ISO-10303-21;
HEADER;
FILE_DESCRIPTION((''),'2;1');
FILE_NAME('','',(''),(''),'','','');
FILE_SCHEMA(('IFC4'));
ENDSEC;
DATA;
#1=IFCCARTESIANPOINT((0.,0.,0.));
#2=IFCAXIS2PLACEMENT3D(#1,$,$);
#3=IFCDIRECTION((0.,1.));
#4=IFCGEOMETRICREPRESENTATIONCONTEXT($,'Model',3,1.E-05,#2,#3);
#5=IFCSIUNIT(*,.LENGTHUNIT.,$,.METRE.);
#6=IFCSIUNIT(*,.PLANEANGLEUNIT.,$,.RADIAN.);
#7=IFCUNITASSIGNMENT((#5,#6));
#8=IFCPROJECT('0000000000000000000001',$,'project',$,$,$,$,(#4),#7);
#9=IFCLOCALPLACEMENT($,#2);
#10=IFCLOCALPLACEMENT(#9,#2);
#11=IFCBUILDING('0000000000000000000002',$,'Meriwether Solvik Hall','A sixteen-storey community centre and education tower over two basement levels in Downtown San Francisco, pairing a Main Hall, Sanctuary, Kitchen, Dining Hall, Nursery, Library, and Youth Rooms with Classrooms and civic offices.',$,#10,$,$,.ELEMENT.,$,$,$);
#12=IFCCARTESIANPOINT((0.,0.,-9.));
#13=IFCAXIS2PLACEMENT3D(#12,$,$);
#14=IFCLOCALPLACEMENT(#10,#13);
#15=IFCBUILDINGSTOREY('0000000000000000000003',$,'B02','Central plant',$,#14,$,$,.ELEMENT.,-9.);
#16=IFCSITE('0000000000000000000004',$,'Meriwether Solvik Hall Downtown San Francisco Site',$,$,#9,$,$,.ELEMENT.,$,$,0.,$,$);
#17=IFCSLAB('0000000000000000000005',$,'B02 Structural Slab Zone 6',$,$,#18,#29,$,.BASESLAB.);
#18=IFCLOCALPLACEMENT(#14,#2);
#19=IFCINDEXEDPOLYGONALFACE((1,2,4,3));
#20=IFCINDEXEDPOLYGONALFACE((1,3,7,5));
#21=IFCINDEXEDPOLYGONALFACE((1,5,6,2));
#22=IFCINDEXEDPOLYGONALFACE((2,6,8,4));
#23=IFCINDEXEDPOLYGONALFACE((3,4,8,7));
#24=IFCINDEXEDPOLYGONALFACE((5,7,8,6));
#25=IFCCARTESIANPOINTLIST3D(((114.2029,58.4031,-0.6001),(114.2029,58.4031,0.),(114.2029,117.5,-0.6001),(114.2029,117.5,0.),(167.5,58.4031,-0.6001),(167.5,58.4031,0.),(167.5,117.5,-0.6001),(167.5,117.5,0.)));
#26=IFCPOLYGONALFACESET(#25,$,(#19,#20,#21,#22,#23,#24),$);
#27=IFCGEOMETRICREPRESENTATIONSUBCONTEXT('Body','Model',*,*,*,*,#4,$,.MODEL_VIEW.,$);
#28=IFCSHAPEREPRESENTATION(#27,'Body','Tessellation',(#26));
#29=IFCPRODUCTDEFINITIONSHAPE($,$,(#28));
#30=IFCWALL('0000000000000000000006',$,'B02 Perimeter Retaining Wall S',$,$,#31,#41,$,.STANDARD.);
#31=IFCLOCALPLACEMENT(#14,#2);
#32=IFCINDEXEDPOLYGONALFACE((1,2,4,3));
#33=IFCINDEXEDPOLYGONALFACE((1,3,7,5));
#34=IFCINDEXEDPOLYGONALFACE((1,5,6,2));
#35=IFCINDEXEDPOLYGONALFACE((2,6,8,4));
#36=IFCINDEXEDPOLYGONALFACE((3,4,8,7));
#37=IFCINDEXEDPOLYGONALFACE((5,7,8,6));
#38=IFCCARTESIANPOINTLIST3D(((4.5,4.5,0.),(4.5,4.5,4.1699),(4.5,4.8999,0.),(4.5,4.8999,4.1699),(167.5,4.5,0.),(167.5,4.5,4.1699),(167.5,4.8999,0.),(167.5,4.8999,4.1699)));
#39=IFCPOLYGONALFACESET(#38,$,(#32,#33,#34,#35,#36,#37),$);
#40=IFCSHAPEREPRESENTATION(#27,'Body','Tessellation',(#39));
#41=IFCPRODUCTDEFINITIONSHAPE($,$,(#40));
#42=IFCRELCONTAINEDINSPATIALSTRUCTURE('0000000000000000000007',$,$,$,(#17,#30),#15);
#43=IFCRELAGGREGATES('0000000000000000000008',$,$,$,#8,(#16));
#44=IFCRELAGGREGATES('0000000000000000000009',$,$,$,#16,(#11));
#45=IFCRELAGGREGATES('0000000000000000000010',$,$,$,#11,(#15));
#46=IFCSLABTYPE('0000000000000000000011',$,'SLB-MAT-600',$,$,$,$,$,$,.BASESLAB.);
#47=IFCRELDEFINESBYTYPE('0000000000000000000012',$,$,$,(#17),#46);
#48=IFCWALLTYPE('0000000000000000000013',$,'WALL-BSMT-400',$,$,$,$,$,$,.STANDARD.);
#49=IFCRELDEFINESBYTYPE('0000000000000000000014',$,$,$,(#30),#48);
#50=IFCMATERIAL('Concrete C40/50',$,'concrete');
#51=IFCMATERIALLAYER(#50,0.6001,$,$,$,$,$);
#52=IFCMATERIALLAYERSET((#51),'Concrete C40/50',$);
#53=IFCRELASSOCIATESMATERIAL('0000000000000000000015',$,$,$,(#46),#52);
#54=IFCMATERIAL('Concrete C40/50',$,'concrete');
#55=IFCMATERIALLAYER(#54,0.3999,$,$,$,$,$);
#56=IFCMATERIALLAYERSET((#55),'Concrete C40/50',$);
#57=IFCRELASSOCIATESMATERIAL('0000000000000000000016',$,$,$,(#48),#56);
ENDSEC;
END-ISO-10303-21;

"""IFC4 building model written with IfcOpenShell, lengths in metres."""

from ifc_helpers import new_model, si_unit, direction, frame, frame_2d, origin, place, context, subcontext, project, spatial, polyline, rectangle, outline, extrude, material, layer, layer_set, type_object, element, save


model = new_model("IFC4")

# Units and contexts
model_context = context("Model", 3, precision=1e-05, world=origin(), true_north=direction((0.0, 1.0)))
body_context = subcontext(model_context, "Body", "Model", "MODEL_VIEW")
ifc_project = project(units=[si_unit("LENGTHUNIT", "METRE"), si_unit("PLANEANGLEUNIT", "RADIAN")], contexts=[model_context])

# Site, building, storey
site_placement = place(None, origin())
site = spatial("IfcSite", under=ifc_project, at=site_placement, Name="Meriwether Solvik Hall Downtown San Francisco Site", CompositionType="ELEMENT", RefElevation=0.0)
building_placement = place(site_placement, origin())
building = spatial("IfcBuilding", under=site, at=building_placement, Name="Meriwether Solvik Hall", Description="A sixteen-storey community centre and education tower over two basement levels in Downtown San Francisco, pairing a Main Hall, Sanctuary, Kitchen, Dining Hall, Nursery, Library, and Youth Rooms with Classrooms and civic offices.", CompositionType="ELEMENT")
storey_placement = place(building_placement, frame((0.0, 0.0, -9.0)))
storey = spatial("IfcBuildingStorey", under=building, at=storey_placement, Name="B02", Description="Central plant", CompositionType="ELEMENT", Elevation=-9.0)

# Slab
ifc_material_1 = material(Name="Concrete C40/50", Category="concrete")
ifc_layer_1 = layer(ifc_material_1, 0.6001)
ifc_layer_set_1 = layer_set([ifc_layer_1], Name="Concrete C40/50")
slab_type_1 = type_object("IfcSlabType", Name="SLB-MAT-600", PredefinedType="BASESLAB", material=ifc_layer_set_1)
slab_1_placement = place(storey_placement, frame((0.0, 0.0, -0.6001)))
element("IfcSlab", 1, at=slab_1_placement, inside=storey, type_object=slab_type_1, Name="B02 Structural Slab Zone 6", PredefinedType="BASESLAB", context=body_context, shape_type="SweptSolid", body=[
    extrude(outline(polyline([(114.2029, 58.4031), (114.2029, 117.5), (167.5, 117.5), (167.5, 58.4031), (114.2029, 58.4031)])), origin(), (0.0, 0.0, 1.0), 0.6001),
])

# Wall
ifc_material_2 = material(Name="Concrete C40/50", Category="concrete")
ifc_layer_2 = layer(ifc_material_2, 0.3999)
ifc_layer_set_2 = layer_set([ifc_layer_2], Name="Concrete C40/50")
wall_type = type_object("IfcWallType", Name="WALL-BSMT-400", PredefinedType="STANDARD", material=ifc_layer_set_2)
wall_placement = place(storey_placement, frame((4.5, 4.7, 0.0), z_axis=(0.0, 0.0, 1.0), x_axis=(1.0, 0.0, 0.0)))
element("IfcWall", 2, at=wall_placement, inside=storey, type_object=wall_type, Name="B02 Perimeter Retaining Wall S", PredefinedType="STANDARD", context=body_context, shape_type="SweptSolid", body=[
    extrude(rectangle(XDim=163.0, YDim=0.3999, at=frame_2d((81.5, 0.0))), origin(), (0.0, 0.0, 1.0), 4.1699),
])

save(model, "model.ifc")
